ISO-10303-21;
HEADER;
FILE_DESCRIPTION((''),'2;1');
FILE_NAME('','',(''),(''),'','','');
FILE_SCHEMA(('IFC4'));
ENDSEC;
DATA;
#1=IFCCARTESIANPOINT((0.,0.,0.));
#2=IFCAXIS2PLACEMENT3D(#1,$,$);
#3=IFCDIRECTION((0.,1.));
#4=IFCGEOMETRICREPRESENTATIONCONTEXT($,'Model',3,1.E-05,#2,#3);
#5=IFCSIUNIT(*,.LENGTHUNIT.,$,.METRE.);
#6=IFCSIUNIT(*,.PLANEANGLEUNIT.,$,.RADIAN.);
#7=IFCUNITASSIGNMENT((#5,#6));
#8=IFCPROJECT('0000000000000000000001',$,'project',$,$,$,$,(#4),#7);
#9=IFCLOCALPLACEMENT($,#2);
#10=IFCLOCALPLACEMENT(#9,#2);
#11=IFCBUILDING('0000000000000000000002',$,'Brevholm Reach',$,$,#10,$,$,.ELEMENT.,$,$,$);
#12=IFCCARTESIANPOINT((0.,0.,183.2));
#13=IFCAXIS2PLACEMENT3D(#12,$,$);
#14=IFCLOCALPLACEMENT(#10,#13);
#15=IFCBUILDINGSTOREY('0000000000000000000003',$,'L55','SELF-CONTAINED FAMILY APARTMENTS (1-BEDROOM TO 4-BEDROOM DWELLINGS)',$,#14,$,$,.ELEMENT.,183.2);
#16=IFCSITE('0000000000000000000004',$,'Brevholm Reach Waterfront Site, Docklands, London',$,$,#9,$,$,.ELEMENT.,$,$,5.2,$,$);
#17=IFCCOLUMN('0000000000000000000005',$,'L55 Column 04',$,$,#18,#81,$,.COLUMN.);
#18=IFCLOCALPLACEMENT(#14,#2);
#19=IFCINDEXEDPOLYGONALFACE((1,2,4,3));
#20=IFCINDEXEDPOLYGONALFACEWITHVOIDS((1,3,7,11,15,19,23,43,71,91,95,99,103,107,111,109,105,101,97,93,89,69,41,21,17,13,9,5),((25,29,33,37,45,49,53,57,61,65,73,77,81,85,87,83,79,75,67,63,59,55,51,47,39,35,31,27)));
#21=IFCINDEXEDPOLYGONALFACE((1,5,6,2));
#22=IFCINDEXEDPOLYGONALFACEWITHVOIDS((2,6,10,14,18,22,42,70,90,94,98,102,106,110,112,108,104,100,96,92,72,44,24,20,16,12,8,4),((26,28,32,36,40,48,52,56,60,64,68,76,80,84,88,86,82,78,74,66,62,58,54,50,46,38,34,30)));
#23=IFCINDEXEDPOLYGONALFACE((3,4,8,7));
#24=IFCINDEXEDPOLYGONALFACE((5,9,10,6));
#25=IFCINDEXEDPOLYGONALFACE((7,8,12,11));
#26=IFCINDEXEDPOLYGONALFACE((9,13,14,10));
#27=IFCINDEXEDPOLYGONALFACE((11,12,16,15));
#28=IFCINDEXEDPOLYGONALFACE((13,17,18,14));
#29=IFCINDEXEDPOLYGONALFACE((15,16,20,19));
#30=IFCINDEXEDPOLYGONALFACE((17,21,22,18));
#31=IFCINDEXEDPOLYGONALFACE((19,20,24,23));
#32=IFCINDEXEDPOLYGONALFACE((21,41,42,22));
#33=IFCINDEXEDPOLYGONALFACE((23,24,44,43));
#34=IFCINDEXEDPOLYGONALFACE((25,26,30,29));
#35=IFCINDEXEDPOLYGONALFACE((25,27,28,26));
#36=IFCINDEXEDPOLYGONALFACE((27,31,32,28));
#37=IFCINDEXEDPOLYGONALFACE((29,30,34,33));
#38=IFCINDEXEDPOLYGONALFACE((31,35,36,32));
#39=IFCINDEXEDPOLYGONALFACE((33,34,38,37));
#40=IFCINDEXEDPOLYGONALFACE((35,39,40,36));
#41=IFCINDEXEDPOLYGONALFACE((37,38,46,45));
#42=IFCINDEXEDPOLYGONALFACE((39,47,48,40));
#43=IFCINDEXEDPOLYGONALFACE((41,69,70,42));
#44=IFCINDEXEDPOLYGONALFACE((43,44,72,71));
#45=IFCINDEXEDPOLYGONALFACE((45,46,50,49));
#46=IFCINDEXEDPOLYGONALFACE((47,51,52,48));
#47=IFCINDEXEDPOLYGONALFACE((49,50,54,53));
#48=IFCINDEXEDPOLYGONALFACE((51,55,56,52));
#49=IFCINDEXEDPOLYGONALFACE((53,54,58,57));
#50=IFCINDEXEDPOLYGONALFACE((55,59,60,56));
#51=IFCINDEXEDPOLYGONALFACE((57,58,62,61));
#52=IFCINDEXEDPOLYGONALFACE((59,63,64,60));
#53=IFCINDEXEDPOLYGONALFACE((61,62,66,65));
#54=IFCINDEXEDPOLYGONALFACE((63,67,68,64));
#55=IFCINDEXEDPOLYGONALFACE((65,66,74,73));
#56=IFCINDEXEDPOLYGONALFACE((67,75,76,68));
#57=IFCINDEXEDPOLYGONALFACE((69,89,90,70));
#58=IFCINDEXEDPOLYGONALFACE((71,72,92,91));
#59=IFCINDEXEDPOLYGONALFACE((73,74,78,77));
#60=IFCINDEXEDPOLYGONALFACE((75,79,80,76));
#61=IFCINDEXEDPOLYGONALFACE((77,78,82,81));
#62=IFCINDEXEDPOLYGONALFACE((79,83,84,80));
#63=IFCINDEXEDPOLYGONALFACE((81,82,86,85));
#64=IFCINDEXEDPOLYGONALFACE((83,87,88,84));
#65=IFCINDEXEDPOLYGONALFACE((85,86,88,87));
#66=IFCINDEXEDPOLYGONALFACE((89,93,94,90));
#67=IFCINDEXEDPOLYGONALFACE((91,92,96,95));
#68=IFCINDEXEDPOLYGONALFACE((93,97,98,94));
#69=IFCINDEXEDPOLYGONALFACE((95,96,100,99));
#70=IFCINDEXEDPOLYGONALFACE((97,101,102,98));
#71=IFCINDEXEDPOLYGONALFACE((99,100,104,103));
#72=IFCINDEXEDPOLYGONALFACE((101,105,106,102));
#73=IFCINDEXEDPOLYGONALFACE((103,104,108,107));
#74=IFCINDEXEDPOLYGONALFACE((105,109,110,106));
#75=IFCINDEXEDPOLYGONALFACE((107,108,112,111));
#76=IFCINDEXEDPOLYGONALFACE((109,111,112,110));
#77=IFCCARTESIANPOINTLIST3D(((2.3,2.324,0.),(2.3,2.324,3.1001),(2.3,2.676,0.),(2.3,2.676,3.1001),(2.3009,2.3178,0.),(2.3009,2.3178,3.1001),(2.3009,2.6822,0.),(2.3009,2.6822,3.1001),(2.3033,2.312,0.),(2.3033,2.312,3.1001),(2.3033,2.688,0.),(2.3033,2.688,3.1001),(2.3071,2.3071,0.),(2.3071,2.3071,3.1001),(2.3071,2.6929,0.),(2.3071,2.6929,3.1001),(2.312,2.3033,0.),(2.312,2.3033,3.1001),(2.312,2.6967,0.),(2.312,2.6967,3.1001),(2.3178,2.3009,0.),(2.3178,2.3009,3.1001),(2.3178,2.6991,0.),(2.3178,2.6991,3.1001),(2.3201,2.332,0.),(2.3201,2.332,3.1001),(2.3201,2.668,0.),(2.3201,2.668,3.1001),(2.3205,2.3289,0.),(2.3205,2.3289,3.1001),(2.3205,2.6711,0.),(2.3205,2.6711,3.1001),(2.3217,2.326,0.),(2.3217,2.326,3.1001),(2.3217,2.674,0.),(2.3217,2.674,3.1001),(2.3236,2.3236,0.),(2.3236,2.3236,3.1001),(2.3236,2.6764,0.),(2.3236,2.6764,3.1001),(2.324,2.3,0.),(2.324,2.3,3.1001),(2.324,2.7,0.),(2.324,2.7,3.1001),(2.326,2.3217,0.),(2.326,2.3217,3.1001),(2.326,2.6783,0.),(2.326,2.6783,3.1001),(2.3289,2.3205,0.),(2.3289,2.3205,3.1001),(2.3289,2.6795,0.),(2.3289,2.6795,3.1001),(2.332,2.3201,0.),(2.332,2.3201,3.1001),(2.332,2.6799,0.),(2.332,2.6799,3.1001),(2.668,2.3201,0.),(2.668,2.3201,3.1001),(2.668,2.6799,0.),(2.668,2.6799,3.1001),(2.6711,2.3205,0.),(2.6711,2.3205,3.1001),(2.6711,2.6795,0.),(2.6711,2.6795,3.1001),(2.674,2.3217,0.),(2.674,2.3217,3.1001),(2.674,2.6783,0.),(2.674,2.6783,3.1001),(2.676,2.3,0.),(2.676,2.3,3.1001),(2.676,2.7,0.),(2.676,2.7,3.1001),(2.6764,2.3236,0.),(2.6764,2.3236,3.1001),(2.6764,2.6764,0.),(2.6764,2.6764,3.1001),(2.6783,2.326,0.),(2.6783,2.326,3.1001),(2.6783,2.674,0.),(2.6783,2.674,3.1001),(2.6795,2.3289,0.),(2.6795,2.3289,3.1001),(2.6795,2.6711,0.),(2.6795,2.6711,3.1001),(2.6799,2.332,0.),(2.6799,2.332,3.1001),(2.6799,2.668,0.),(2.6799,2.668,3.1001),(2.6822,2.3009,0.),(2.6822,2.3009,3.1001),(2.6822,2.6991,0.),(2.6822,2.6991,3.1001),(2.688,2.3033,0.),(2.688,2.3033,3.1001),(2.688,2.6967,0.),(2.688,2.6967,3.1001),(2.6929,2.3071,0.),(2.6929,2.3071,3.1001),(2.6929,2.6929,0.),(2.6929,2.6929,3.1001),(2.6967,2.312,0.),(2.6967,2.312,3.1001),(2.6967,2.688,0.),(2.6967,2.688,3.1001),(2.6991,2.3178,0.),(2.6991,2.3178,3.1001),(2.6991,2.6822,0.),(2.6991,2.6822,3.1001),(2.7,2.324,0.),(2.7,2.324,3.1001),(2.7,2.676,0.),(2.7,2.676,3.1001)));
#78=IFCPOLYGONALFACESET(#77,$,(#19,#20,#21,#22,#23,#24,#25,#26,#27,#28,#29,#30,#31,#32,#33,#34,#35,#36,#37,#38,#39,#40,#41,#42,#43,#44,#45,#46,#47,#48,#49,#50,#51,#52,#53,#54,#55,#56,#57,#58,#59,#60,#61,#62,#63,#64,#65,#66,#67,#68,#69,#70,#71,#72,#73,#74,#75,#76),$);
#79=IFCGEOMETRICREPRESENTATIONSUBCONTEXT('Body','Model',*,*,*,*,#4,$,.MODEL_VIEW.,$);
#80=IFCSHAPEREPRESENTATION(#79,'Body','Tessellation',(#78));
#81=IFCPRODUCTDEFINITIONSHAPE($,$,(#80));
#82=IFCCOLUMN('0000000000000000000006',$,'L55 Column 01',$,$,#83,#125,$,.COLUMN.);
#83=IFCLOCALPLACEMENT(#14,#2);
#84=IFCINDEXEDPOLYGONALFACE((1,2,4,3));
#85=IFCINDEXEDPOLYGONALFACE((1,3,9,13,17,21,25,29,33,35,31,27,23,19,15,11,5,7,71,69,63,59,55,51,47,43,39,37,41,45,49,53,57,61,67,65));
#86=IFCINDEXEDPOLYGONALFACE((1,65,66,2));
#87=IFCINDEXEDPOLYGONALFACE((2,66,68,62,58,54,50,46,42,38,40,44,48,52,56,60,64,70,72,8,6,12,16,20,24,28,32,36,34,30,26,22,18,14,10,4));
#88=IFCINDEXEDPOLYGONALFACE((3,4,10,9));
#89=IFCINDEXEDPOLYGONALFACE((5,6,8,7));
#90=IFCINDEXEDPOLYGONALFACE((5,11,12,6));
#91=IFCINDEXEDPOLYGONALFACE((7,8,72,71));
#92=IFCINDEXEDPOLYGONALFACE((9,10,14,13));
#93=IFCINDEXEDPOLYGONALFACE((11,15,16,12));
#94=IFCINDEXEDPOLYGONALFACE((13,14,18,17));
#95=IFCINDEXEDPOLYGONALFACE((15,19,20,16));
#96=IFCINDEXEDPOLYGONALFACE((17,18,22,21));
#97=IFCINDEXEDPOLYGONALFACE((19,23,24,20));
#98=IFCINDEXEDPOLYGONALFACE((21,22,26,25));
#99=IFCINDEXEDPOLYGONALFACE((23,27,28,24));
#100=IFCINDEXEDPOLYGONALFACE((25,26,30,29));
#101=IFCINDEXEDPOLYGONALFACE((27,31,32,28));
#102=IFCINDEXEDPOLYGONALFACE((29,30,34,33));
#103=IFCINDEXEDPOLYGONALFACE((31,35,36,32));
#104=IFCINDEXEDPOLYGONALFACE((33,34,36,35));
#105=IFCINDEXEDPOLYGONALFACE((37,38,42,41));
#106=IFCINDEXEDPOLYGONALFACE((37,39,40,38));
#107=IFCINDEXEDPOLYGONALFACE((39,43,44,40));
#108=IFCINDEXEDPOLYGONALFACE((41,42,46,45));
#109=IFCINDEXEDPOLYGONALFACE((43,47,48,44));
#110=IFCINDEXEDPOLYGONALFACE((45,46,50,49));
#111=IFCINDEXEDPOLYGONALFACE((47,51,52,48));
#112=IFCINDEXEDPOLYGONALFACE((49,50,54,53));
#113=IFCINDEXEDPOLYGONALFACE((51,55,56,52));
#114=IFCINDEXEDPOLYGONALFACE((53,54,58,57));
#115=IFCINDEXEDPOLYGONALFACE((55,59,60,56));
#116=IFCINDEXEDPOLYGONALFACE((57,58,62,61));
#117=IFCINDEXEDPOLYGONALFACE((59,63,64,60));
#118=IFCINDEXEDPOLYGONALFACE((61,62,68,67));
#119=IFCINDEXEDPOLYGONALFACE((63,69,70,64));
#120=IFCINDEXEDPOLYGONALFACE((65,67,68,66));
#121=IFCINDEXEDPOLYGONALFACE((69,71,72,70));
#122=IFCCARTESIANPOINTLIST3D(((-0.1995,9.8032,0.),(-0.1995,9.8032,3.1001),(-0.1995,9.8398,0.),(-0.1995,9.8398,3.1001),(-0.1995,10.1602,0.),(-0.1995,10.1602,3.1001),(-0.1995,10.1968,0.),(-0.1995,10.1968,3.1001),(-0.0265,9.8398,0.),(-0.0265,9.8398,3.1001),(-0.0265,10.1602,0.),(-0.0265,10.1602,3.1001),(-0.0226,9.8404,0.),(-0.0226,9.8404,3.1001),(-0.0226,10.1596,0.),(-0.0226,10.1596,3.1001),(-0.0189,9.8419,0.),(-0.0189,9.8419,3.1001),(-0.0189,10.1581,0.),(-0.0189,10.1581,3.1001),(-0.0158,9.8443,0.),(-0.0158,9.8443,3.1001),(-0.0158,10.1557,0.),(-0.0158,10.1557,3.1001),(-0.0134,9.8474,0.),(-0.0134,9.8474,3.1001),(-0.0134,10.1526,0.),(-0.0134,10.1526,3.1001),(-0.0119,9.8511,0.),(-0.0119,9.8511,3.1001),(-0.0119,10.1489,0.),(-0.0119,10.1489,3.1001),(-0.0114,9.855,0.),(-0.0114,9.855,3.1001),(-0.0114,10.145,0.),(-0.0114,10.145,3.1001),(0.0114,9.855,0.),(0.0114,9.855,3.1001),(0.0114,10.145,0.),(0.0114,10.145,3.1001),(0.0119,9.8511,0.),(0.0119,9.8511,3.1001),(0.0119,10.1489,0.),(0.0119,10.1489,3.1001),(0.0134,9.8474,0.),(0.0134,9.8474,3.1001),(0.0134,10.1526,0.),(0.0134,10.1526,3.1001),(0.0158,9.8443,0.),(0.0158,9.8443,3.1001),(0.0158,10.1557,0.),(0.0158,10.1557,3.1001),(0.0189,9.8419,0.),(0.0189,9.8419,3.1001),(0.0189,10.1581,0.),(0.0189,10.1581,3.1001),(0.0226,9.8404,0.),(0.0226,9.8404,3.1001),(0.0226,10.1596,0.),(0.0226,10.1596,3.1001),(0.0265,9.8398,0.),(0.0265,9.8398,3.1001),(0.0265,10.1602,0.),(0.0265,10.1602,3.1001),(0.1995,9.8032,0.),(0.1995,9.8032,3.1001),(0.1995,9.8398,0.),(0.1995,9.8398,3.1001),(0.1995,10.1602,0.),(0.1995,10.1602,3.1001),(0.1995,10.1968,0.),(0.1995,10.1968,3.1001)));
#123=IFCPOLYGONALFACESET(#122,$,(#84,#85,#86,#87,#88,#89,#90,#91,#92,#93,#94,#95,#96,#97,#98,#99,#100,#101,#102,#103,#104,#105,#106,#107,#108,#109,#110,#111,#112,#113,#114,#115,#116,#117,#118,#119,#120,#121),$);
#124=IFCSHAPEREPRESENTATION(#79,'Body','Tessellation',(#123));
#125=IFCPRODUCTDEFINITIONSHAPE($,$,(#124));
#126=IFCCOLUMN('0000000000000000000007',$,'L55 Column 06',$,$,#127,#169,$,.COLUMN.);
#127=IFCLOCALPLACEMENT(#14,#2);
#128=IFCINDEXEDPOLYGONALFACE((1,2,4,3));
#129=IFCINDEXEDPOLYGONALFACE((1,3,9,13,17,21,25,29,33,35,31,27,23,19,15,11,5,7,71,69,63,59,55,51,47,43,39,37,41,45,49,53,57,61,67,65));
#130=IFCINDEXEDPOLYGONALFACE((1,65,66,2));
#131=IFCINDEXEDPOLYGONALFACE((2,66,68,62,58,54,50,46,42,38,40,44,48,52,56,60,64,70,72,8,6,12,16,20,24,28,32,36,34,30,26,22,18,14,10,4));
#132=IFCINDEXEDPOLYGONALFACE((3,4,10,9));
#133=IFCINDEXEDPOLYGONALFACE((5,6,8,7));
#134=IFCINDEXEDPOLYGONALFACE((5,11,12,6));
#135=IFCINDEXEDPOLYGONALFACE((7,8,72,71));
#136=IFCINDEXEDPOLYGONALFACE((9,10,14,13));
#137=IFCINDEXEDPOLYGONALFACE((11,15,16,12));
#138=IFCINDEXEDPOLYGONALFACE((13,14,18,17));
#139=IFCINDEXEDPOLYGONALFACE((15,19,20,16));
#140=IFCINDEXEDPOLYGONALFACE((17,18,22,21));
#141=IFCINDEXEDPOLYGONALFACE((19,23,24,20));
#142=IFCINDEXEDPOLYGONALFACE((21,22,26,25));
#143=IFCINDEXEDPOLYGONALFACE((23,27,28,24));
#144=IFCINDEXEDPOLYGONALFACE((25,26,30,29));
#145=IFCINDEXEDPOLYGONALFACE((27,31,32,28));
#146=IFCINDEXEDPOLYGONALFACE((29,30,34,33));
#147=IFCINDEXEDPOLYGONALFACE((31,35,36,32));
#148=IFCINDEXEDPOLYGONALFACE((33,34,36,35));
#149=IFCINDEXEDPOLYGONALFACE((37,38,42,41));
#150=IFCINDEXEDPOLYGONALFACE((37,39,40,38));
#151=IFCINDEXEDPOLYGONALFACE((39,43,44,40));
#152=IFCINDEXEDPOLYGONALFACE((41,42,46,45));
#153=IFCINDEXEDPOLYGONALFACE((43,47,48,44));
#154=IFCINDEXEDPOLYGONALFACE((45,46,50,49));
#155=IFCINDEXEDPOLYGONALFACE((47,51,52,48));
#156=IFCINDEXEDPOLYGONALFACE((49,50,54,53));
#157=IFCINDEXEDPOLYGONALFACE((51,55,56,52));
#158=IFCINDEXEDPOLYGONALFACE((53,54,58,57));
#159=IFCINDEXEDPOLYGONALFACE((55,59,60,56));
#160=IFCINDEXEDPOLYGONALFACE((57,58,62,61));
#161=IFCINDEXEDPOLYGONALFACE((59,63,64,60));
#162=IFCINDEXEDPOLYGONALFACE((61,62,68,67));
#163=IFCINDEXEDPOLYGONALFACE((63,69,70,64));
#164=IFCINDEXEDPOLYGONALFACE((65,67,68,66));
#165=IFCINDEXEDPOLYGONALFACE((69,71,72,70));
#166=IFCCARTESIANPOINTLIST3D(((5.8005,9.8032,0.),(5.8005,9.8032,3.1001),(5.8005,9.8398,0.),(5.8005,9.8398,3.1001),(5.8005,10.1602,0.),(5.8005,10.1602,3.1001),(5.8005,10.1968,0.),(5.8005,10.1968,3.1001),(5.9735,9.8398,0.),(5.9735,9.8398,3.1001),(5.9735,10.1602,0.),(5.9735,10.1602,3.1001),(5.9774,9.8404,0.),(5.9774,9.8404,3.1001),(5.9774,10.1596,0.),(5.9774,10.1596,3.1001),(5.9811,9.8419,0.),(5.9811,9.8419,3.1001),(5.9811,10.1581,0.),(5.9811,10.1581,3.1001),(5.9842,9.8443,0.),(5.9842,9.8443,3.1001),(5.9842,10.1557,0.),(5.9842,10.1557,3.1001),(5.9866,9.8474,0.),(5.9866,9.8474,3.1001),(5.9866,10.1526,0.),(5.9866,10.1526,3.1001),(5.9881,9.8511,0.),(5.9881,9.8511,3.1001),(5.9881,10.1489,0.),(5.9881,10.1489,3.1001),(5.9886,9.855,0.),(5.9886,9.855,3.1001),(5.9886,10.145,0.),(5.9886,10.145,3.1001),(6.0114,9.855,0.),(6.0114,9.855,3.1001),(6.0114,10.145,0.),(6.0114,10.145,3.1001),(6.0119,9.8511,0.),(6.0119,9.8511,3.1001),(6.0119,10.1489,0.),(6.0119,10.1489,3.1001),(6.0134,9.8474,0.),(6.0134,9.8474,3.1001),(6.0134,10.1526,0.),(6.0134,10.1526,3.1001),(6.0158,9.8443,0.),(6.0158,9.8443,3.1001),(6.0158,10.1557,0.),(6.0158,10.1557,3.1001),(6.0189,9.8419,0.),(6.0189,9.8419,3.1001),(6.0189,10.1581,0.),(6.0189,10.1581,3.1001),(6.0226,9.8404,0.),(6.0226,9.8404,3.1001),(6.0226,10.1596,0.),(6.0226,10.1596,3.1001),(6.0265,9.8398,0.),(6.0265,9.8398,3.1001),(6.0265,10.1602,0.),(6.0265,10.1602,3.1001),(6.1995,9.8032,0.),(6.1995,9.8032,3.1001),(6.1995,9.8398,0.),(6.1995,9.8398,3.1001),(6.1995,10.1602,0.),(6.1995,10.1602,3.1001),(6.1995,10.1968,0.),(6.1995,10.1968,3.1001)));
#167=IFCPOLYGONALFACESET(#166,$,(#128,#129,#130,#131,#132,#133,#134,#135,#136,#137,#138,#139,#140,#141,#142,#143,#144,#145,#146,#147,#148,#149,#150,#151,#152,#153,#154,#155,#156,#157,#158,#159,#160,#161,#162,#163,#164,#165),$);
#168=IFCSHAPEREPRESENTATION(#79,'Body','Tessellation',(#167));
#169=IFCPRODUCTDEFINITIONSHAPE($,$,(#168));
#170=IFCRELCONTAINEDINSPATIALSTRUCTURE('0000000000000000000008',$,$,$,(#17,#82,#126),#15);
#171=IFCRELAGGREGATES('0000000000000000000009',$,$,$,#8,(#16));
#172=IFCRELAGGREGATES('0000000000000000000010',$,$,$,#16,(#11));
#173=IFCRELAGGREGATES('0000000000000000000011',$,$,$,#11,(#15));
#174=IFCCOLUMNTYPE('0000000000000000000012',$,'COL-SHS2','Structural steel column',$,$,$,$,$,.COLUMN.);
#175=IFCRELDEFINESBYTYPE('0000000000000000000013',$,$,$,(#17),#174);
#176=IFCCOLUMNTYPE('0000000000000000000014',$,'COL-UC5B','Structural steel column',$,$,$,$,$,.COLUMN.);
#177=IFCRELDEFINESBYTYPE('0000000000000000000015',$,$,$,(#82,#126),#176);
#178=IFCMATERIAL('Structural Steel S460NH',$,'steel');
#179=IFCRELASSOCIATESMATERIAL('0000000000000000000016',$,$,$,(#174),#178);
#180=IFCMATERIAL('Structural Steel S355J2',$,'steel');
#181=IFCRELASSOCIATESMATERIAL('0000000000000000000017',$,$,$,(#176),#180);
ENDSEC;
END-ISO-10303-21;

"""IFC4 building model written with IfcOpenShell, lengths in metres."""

from ifc_helpers import new_model, si_unit, direction, frame, origin, origin_2d, place, context, subcontext, project, spatial, hollow_rectangle, i_section, extrude, material, material_profile, profile_set, type_object, element, save


model = new_model("IFC4")

# Units and contexts
model_context = context("Model", 3, precision=1e-05, world=origin(), true_north=direction((0.0, 1.0)))
body_context = subcontext(model_context, "Body", "Model", "MODEL_VIEW")
ifc_project = project(units=[si_unit("LENGTHUNIT", "METRE"), si_unit("PLANEANGLEUNIT", "RADIAN")], contexts=[model_context])

# Site, building, storey
site_placement = place(None, origin())
site = spatial("IfcSite", under=ifc_project, at=site_placement, Name="Brevholm Reach Waterfront Site, Docklands, London", CompositionType="ELEMENT", RefElevation=5.2)
building_placement = place(site_placement, origin())
building = spatial("IfcBuilding", under=site, at=building_placement, Name="Brevholm Reach", CompositionType="ELEMENT")
storey_placement = place(building_placement, frame((0.0, 0.0, 183.2)))
storey = spatial("IfcBuildingStorey", under=building, at=storey_placement, Name="L55", Description="SELF-CONTAINED FAMILY APARTMENTS (1-BEDROOM TO 4-BEDROOM DWELLINGS)", CompositionType="ELEMENT", Elevation=183.2)

# Columns
ifc_material_1 = material(Name="Structural Steel S460NH", Category="steel")
ifc_material_profile_1 = material_profile(ifc_material_1, hollow_rectangle(XDim=0.3999, YDim=0.3999, WallThickness=0.02, InnerFilletRadius=0.012, OuterFilletRadius=0.0239, at=origin_2d()), Name="SHS 400x400x20")
ifc_profile_set_1 = profile_set([ifc_material_profile_1], Name="Structural Steel S460NH")
column_type_1 = type_object("IfcColumnType", Name="COL-SHS2", Description="Structural steel column", PredefinedType="COLUMN", material=ifc_profile_set_1)
column_placement = place(storey_placement, frame((2.5, 2.5, 0.0), z_axis=(0.0, 0.0, 1.0), x_axis=(1.0, 0.0, 0.0)))
element("IfcColumn", 1, at=column_placement, inside=storey, type_object=column_type_1, Name="L55 Column 04", PredefinedType="COLUMN", context=body_context, shape_type="SweptSolid", body=[
    extrude(hollow_rectangle(XDim=0.3999, YDim=0.3999, WallThickness=0.02, InnerFilletRadius=0.012, OuterFilletRadius=0.0239, at=origin_2d()), origin(), (0.0, 0.0, 1.0), 3.1001),
])
ifc_material_2 = material(Name="Structural Steel S355J2", Category="steel")
ifc_material_profile_2 = material_profile(ifc_material_2, i_section(OverallWidth=0.3989, OverallDepth=0.3936, WebThickness=0.0227, FlangeThickness=0.0366, FilletRadius=0.0151, at=origin_2d()), Name="UKC 356x406x287")
ifc_profile_set_2 = profile_set([ifc_material_profile_2], Name="Structural Steel S355J2")
column_type_2 = type_object("IfcColumnType", Name="COL-UC5B", Description="Structural steel column", PredefinedType="COLUMN", material=ifc_profile_set_2)
for number, where, z_axis, x_axis, name in (
    (2, (0.0, 10.0, 0.0), (0.0, 0.0, 1.0), (1.0, 0.0, 0.0), "L55 Column 01"),
    (3, (6.0, 10.0, 0.0), (0.0, 0.0, 1.0), (1.0, 0.0, 0.0), "L55 Column 06"),
):
    element("IfcColumn", number, at=place(storey_placement, frame(where, z_axis=z_axis, x_axis=x_axis)), inside=storey, type_object=column_type_2, Name=name, PredefinedType="COLUMN", context=body_context, shape_type="SweptSolid", body=[
        extrude(i_section(OverallWidth=0.3989, OverallDepth=0.3936, WebThickness=0.0227, FlangeThickness=0.0366, FilletRadius=0.0151, at=origin_2d()), origin(), (0.0, 0.0, 1.0), 3.1001),
    ])

save(model, "model.ifc")
